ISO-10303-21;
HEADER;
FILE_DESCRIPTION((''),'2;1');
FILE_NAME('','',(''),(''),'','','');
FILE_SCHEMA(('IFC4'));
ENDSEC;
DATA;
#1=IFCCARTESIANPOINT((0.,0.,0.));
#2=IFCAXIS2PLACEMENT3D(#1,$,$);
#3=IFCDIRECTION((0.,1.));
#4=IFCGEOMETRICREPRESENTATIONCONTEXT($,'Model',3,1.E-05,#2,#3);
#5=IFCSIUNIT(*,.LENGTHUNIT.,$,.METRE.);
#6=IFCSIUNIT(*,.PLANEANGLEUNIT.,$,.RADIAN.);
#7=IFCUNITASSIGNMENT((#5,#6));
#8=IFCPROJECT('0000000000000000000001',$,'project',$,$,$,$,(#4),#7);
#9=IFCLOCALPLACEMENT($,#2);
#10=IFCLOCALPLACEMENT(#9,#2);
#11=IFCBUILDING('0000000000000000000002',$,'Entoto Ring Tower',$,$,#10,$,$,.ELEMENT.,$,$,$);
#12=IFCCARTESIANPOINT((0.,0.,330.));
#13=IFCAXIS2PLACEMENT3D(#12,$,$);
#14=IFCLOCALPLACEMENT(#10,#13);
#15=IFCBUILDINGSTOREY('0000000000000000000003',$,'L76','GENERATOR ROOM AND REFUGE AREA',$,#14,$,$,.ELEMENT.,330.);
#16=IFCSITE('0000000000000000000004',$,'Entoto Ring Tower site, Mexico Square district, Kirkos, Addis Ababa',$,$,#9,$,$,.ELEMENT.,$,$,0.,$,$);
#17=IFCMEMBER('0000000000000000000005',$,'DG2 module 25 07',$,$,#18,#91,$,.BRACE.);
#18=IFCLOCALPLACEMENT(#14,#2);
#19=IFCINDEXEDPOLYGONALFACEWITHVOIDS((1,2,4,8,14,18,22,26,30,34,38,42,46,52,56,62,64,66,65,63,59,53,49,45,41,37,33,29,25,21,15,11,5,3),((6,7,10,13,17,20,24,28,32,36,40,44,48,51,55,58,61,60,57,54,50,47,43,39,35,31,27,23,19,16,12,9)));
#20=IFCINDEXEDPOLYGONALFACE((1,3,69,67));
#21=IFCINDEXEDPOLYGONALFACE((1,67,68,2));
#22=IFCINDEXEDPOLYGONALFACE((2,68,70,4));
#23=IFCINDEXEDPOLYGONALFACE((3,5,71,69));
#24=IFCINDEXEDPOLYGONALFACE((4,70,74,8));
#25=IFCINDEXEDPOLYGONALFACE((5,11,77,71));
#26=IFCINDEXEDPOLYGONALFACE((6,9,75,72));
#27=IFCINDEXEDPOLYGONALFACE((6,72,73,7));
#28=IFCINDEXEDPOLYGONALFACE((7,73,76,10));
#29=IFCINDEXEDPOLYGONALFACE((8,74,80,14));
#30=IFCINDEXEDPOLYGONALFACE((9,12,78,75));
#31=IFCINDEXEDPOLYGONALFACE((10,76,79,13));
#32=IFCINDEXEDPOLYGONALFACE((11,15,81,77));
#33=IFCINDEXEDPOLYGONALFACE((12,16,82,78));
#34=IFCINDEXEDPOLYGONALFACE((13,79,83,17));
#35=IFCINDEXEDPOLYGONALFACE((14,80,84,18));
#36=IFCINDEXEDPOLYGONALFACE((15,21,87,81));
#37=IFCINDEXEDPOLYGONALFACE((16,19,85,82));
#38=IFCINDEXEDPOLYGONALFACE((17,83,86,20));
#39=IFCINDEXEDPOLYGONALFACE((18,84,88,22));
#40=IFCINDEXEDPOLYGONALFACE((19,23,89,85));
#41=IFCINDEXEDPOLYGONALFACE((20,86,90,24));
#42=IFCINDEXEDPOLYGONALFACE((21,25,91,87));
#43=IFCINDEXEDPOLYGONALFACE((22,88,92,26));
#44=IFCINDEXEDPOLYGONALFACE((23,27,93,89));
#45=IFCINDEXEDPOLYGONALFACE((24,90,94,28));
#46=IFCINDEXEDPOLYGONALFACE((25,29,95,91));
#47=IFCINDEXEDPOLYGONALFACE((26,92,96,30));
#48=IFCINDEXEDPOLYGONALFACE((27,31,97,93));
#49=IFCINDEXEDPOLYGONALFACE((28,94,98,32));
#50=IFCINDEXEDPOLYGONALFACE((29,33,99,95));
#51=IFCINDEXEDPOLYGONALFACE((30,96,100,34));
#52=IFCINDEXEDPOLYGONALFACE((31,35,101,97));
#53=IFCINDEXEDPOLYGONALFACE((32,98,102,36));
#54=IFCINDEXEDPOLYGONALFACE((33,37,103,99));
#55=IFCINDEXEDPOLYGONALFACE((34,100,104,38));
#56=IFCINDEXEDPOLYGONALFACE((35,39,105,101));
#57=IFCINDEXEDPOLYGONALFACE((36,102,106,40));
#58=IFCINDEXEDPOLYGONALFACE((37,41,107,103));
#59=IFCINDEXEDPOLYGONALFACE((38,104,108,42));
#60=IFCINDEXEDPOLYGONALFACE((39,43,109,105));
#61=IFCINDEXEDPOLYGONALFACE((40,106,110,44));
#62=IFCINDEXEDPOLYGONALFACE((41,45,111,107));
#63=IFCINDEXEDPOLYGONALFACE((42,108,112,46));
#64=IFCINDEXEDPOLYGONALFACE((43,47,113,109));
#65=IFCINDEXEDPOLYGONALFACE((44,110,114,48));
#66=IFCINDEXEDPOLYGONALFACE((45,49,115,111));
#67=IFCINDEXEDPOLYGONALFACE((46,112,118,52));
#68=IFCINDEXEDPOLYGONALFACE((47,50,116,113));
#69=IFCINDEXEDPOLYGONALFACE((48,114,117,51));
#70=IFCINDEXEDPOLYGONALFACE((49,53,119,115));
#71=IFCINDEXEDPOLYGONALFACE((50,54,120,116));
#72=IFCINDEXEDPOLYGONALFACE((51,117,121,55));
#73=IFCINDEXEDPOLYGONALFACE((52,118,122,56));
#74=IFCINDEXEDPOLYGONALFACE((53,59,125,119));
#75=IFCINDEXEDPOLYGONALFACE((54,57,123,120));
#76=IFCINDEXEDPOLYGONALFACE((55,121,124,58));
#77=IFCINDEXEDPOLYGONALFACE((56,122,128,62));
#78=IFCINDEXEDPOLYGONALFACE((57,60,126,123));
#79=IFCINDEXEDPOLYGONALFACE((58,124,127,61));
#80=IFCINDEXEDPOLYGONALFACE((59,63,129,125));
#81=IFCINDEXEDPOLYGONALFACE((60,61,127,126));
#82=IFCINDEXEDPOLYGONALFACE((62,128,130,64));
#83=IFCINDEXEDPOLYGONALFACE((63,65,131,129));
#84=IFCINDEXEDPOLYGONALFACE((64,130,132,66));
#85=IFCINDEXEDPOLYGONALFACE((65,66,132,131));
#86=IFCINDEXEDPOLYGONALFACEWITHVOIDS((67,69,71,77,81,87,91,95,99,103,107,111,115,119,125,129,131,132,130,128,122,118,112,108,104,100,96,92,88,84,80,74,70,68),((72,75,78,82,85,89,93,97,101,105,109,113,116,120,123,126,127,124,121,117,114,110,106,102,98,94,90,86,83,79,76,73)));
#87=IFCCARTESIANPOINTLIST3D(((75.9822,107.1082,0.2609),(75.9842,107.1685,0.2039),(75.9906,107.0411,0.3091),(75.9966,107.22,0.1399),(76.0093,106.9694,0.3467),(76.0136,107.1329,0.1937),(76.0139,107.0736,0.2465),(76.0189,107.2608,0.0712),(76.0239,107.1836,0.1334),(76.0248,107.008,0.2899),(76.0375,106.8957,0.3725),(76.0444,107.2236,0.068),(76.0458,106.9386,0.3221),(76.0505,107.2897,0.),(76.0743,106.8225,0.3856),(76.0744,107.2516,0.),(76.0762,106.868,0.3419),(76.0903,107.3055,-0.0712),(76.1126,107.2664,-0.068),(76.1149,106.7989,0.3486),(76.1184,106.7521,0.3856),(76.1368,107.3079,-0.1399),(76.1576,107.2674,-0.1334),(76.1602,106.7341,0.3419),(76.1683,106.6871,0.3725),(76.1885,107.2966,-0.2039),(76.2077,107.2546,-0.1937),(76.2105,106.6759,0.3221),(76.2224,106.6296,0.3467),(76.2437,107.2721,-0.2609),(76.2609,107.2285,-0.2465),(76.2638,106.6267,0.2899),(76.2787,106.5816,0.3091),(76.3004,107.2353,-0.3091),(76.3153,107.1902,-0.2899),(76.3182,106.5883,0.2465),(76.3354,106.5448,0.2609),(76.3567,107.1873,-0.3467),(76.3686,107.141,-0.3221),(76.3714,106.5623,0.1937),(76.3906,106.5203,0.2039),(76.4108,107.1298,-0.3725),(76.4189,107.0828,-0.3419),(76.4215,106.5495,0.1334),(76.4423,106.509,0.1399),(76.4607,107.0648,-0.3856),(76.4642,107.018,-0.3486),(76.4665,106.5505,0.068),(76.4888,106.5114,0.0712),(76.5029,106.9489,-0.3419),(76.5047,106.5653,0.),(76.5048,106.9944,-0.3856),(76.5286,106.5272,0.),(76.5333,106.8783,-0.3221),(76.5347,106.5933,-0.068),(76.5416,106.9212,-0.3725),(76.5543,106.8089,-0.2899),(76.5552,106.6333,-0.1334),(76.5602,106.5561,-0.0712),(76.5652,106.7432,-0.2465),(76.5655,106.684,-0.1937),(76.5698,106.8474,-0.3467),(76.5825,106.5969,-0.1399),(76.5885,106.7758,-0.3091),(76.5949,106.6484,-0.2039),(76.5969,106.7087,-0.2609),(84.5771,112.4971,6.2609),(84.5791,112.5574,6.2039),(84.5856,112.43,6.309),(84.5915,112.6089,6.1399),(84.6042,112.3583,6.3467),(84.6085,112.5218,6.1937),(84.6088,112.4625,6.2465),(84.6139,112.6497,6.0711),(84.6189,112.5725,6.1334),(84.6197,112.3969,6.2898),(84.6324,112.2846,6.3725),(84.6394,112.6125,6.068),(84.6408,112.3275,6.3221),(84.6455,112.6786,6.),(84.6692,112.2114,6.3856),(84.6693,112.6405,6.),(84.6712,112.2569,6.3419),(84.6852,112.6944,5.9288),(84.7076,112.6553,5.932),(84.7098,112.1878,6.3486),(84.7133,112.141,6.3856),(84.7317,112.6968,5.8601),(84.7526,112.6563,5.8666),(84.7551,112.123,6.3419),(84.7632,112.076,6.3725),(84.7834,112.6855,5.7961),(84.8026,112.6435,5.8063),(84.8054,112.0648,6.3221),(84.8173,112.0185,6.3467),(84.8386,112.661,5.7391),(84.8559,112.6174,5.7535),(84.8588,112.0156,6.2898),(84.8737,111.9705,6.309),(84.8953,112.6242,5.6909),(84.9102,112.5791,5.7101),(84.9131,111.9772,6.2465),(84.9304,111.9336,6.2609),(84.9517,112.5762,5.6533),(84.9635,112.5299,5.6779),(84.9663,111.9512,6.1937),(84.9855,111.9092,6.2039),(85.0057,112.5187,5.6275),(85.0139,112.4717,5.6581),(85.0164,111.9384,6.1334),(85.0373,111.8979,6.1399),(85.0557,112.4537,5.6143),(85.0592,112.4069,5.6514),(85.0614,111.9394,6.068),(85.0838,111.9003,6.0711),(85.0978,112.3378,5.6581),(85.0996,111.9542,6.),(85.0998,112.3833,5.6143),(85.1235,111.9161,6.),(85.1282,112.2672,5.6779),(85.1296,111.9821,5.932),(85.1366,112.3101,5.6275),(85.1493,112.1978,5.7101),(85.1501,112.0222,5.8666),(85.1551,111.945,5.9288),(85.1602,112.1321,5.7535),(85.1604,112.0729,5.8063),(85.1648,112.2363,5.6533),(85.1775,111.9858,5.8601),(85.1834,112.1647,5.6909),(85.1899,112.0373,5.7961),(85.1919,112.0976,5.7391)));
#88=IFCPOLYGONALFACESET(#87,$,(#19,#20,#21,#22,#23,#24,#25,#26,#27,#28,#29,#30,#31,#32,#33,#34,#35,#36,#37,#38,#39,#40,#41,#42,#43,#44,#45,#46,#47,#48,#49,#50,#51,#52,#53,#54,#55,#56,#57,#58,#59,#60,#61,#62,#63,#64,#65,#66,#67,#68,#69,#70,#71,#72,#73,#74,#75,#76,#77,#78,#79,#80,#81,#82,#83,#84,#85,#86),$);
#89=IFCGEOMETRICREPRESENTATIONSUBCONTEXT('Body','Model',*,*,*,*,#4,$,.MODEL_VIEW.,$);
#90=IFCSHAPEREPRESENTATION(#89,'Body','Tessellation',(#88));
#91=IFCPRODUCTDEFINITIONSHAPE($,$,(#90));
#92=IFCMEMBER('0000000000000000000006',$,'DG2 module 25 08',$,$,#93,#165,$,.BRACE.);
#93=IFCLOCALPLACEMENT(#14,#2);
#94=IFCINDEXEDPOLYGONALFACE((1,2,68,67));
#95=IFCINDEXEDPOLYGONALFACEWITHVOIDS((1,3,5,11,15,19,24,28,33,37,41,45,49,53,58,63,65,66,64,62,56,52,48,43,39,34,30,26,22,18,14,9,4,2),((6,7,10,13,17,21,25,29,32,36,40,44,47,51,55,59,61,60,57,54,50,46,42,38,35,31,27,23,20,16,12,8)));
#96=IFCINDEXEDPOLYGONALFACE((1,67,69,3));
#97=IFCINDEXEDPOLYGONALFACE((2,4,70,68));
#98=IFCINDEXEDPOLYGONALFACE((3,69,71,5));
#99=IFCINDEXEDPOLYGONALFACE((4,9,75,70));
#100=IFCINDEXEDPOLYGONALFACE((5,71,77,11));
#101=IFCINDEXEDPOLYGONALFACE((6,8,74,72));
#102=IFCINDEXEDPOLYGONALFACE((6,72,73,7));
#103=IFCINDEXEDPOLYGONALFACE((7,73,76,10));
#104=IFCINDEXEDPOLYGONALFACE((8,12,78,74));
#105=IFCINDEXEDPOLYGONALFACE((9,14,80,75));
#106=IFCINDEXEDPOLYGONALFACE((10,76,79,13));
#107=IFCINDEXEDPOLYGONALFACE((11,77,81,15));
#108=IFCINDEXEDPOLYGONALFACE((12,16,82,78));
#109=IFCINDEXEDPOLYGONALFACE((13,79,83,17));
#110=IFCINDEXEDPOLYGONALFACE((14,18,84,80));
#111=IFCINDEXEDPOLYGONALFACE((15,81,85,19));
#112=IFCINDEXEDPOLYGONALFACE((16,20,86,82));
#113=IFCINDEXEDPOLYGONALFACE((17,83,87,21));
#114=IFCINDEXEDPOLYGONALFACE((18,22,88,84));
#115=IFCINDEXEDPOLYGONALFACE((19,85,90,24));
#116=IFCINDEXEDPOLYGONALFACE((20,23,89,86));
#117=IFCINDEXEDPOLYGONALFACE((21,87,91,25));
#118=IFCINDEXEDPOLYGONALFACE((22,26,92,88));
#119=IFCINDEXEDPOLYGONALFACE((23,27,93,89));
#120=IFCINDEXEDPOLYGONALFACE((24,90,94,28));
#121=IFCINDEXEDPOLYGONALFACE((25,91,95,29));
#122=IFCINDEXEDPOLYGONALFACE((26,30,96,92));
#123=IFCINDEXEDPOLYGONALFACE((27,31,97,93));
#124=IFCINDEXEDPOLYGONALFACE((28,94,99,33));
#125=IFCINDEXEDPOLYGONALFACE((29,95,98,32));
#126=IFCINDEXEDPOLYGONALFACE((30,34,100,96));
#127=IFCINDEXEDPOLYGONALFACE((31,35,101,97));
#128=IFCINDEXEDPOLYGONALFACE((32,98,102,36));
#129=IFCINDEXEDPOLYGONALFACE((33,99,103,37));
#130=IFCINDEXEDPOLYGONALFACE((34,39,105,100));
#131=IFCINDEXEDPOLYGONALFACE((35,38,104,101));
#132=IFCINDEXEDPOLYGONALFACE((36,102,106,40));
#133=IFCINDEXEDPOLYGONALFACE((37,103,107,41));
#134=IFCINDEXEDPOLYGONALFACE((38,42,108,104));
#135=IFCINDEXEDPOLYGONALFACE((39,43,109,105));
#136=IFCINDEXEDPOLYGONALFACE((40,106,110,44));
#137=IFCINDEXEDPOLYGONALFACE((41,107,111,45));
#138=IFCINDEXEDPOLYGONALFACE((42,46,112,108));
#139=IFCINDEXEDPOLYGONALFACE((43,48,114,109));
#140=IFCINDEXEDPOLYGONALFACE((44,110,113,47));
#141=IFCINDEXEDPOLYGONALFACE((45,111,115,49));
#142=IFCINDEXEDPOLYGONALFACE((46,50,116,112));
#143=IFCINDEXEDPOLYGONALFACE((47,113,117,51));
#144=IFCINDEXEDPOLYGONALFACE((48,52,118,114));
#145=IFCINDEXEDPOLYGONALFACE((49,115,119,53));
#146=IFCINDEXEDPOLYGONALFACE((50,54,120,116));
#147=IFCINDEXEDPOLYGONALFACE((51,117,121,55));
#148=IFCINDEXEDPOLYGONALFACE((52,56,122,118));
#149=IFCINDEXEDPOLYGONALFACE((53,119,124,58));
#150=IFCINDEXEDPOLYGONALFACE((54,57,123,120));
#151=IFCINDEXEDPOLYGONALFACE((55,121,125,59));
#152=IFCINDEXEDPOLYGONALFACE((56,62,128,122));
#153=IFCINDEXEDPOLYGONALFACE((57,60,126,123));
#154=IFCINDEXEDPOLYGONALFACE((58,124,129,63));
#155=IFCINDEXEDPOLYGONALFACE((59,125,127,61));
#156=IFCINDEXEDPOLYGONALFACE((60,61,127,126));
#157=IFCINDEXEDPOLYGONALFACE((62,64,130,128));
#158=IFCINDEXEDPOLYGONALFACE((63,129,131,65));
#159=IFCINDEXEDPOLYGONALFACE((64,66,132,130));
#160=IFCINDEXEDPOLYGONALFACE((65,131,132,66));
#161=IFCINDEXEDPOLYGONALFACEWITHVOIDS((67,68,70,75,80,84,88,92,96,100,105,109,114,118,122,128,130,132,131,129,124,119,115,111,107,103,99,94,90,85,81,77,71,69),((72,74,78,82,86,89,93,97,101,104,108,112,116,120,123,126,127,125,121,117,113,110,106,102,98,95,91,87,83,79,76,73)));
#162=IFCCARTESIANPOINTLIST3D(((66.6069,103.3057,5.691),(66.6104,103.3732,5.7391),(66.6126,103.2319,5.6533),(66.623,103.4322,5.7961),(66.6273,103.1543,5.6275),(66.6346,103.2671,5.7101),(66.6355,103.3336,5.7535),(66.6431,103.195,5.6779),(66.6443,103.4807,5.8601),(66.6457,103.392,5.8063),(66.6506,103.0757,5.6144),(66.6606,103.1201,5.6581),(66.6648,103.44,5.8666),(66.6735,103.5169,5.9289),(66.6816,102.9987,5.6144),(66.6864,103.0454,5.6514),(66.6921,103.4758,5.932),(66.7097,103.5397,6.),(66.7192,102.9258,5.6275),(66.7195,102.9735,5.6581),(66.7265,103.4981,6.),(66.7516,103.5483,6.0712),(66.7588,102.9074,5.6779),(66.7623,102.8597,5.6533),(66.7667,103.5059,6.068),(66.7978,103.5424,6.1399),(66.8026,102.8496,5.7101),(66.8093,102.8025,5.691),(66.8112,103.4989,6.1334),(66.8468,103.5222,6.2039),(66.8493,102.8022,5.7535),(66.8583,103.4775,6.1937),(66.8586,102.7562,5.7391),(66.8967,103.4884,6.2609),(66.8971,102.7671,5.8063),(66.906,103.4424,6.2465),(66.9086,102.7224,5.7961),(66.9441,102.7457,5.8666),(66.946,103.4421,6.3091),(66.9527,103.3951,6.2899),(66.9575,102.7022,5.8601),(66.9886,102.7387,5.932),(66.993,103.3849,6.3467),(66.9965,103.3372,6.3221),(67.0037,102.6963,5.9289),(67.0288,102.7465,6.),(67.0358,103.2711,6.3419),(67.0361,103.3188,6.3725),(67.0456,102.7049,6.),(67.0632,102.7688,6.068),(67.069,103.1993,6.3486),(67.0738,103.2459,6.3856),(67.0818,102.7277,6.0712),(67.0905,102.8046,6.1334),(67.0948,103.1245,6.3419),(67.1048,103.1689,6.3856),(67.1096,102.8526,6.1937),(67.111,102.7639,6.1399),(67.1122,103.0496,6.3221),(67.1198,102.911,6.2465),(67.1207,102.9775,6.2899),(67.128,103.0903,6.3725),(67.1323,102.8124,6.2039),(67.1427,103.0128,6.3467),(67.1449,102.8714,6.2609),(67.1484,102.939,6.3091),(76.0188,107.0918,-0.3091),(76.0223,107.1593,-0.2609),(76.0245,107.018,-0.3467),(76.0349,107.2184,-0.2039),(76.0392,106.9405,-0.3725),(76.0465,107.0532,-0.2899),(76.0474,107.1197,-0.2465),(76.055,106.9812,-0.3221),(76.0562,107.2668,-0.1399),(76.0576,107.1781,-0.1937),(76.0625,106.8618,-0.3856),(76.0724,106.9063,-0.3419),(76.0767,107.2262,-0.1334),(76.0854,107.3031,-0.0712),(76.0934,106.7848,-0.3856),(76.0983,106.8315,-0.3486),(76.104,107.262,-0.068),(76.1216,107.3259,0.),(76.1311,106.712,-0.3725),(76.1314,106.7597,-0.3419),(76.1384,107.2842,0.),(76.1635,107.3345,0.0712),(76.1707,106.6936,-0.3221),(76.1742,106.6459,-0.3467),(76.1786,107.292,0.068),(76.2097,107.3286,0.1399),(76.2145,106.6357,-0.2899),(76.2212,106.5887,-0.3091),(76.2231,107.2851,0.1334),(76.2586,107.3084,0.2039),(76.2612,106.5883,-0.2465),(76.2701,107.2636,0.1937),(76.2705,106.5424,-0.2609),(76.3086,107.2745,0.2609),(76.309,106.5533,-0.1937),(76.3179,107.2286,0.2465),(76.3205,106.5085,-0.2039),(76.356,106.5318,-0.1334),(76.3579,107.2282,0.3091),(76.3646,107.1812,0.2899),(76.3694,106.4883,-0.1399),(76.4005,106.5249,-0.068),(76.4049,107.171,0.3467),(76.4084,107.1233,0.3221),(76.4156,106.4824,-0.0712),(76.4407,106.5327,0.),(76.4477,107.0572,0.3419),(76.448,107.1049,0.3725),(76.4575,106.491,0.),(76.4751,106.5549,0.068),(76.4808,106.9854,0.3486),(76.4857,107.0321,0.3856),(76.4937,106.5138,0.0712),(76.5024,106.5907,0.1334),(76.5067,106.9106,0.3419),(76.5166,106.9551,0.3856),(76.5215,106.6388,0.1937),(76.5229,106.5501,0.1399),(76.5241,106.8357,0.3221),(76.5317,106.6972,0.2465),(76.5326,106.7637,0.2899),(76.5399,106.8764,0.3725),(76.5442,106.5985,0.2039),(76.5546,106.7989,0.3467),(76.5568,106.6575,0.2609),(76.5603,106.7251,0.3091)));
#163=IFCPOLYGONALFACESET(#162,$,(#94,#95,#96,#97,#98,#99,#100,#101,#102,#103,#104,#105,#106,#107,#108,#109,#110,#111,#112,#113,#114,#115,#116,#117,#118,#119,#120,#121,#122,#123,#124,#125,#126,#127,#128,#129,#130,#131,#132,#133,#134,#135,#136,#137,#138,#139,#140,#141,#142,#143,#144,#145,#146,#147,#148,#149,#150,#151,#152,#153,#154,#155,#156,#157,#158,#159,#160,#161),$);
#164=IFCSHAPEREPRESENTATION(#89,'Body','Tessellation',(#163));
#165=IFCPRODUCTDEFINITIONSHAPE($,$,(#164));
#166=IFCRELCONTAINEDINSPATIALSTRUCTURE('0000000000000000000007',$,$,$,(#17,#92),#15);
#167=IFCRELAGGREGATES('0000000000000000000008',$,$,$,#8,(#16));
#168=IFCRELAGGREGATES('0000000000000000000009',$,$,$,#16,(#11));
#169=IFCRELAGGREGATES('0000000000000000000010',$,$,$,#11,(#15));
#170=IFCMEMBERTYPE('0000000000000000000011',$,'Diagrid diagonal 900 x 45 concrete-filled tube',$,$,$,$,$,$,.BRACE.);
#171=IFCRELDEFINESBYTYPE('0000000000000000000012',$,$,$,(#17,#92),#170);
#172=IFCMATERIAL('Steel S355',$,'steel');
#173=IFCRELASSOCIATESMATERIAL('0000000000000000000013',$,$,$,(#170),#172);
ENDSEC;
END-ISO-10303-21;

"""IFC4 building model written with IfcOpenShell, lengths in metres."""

from ifc_helpers import new_model, si_unit, direction, frame, origin, origin_2d, place, context, subcontext, project, spatial, circle, hollow_circle, extrude, material, material_profile, profile_set, type_object, element, save


model = new_model("IFC4")

# Units and contexts
model_context = context("Model", 3, precision=1e-05, world=origin(), true_north=direction((0.0, 1.0)))
body_context = subcontext(model_context, "Body", "Model", "MODEL_VIEW")
ifc_project = project(units=[si_unit("LENGTHUNIT", "METRE"), si_unit("PLANEANGLEUNIT", "RADIAN")], contexts=[model_context])

# Site, building, storey
site_placement = place(None, origin())
site = spatial("IfcSite", under=ifc_project, at=site_placement, Name="Entoto Ring Tower site, Mexico Square district, Kirkos, Addis Ababa", CompositionType="ELEMENT", RefElevation=0.0)
building_placement = place(site_placement, origin())
building = spatial("IfcBuilding", under=site, at=building_placement, Name="Entoto Ring Tower", CompositionType="ELEMENT")
storey_placement = place(building_placement, frame((0.0, 0.0, 330.0)))
storey = spatial("IfcBuildingStorey", under=building, at=storey_placement, Name="L76", Description="GENERATOR ROOM AND REFUGE AREA", CompositionType="ELEMENT", Elevation=330.0)

# Members
ifc_material_1 = material(Name="Steel S355", Category="steel")
ifc_material_profile_1 = material_profile(ifc_material_1, hollow_circle(Radius=0.45, WallThickness=0.0449, at=origin_2d()), Name="CHS 900 x 45")
ifc_material_2 = material(Name="Concrete C60/75", Category="concrete")
ifc_material_profile_2 = material_profile(ifc_material_2, circle(Radius=0.405, at=origin_2d()), Name="Concrete C60/75 infill")
ifc_profile_set_1 = profile_set([ifc_material_profile_1, ifc_material_profile_2], Name="Steel S355")
member_type_1 = type_object("IfcMemberType", Name="Diagrid diagonal 900 x 45 concrete-filled tube", PredefinedType="BRACE", material=ifc_profile_set_1)
member_1_placement = place(storey_placement, frame((76.2896, 106.9084, 0.0), z_axis=(0.729242, 0.457223, 0.509071), x_axis=(-0.531208, 0.847242, 0.0)))
element("IfcMember", 1, at=member_1_placement, inside=storey, type_object=member_type_1, Name="DG2 module 25 07", PredefinedType="BRACE", context=body_context, shape_type="SweptSolid", body=[
    extrude(hollow_circle(Radius=0.45, WallThickness=0.0449, at=origin_2d()), origin(), (0.0, 0.0, 1.0), 11.7861),
])
for number, where, z_axis, x_axis, name in (
    (2, (76.2896, 106.9084, 0.0), (-0.79854, -0.32123, 0.509064), (0.373207, -0.927748, 0.0), "DG2 module 25 08"),
):
    element("IfcMember", number, at=place(storey_placement, frame(where, z_axis=z_axis, x_axis=x_axis)), inside=storey, type_object=member_type_1, Name=name, PredefinedType="BRACE", context=body_context, shape_type="SweptSolid", body=[
        extrude(hollow_circle(Radius=0.45, WallThickness=0.0449, at=origin_2d()), origin(), (0.0, 0.0, 1.0), 11.7864),
    ])

save(model, "model.ifc")
